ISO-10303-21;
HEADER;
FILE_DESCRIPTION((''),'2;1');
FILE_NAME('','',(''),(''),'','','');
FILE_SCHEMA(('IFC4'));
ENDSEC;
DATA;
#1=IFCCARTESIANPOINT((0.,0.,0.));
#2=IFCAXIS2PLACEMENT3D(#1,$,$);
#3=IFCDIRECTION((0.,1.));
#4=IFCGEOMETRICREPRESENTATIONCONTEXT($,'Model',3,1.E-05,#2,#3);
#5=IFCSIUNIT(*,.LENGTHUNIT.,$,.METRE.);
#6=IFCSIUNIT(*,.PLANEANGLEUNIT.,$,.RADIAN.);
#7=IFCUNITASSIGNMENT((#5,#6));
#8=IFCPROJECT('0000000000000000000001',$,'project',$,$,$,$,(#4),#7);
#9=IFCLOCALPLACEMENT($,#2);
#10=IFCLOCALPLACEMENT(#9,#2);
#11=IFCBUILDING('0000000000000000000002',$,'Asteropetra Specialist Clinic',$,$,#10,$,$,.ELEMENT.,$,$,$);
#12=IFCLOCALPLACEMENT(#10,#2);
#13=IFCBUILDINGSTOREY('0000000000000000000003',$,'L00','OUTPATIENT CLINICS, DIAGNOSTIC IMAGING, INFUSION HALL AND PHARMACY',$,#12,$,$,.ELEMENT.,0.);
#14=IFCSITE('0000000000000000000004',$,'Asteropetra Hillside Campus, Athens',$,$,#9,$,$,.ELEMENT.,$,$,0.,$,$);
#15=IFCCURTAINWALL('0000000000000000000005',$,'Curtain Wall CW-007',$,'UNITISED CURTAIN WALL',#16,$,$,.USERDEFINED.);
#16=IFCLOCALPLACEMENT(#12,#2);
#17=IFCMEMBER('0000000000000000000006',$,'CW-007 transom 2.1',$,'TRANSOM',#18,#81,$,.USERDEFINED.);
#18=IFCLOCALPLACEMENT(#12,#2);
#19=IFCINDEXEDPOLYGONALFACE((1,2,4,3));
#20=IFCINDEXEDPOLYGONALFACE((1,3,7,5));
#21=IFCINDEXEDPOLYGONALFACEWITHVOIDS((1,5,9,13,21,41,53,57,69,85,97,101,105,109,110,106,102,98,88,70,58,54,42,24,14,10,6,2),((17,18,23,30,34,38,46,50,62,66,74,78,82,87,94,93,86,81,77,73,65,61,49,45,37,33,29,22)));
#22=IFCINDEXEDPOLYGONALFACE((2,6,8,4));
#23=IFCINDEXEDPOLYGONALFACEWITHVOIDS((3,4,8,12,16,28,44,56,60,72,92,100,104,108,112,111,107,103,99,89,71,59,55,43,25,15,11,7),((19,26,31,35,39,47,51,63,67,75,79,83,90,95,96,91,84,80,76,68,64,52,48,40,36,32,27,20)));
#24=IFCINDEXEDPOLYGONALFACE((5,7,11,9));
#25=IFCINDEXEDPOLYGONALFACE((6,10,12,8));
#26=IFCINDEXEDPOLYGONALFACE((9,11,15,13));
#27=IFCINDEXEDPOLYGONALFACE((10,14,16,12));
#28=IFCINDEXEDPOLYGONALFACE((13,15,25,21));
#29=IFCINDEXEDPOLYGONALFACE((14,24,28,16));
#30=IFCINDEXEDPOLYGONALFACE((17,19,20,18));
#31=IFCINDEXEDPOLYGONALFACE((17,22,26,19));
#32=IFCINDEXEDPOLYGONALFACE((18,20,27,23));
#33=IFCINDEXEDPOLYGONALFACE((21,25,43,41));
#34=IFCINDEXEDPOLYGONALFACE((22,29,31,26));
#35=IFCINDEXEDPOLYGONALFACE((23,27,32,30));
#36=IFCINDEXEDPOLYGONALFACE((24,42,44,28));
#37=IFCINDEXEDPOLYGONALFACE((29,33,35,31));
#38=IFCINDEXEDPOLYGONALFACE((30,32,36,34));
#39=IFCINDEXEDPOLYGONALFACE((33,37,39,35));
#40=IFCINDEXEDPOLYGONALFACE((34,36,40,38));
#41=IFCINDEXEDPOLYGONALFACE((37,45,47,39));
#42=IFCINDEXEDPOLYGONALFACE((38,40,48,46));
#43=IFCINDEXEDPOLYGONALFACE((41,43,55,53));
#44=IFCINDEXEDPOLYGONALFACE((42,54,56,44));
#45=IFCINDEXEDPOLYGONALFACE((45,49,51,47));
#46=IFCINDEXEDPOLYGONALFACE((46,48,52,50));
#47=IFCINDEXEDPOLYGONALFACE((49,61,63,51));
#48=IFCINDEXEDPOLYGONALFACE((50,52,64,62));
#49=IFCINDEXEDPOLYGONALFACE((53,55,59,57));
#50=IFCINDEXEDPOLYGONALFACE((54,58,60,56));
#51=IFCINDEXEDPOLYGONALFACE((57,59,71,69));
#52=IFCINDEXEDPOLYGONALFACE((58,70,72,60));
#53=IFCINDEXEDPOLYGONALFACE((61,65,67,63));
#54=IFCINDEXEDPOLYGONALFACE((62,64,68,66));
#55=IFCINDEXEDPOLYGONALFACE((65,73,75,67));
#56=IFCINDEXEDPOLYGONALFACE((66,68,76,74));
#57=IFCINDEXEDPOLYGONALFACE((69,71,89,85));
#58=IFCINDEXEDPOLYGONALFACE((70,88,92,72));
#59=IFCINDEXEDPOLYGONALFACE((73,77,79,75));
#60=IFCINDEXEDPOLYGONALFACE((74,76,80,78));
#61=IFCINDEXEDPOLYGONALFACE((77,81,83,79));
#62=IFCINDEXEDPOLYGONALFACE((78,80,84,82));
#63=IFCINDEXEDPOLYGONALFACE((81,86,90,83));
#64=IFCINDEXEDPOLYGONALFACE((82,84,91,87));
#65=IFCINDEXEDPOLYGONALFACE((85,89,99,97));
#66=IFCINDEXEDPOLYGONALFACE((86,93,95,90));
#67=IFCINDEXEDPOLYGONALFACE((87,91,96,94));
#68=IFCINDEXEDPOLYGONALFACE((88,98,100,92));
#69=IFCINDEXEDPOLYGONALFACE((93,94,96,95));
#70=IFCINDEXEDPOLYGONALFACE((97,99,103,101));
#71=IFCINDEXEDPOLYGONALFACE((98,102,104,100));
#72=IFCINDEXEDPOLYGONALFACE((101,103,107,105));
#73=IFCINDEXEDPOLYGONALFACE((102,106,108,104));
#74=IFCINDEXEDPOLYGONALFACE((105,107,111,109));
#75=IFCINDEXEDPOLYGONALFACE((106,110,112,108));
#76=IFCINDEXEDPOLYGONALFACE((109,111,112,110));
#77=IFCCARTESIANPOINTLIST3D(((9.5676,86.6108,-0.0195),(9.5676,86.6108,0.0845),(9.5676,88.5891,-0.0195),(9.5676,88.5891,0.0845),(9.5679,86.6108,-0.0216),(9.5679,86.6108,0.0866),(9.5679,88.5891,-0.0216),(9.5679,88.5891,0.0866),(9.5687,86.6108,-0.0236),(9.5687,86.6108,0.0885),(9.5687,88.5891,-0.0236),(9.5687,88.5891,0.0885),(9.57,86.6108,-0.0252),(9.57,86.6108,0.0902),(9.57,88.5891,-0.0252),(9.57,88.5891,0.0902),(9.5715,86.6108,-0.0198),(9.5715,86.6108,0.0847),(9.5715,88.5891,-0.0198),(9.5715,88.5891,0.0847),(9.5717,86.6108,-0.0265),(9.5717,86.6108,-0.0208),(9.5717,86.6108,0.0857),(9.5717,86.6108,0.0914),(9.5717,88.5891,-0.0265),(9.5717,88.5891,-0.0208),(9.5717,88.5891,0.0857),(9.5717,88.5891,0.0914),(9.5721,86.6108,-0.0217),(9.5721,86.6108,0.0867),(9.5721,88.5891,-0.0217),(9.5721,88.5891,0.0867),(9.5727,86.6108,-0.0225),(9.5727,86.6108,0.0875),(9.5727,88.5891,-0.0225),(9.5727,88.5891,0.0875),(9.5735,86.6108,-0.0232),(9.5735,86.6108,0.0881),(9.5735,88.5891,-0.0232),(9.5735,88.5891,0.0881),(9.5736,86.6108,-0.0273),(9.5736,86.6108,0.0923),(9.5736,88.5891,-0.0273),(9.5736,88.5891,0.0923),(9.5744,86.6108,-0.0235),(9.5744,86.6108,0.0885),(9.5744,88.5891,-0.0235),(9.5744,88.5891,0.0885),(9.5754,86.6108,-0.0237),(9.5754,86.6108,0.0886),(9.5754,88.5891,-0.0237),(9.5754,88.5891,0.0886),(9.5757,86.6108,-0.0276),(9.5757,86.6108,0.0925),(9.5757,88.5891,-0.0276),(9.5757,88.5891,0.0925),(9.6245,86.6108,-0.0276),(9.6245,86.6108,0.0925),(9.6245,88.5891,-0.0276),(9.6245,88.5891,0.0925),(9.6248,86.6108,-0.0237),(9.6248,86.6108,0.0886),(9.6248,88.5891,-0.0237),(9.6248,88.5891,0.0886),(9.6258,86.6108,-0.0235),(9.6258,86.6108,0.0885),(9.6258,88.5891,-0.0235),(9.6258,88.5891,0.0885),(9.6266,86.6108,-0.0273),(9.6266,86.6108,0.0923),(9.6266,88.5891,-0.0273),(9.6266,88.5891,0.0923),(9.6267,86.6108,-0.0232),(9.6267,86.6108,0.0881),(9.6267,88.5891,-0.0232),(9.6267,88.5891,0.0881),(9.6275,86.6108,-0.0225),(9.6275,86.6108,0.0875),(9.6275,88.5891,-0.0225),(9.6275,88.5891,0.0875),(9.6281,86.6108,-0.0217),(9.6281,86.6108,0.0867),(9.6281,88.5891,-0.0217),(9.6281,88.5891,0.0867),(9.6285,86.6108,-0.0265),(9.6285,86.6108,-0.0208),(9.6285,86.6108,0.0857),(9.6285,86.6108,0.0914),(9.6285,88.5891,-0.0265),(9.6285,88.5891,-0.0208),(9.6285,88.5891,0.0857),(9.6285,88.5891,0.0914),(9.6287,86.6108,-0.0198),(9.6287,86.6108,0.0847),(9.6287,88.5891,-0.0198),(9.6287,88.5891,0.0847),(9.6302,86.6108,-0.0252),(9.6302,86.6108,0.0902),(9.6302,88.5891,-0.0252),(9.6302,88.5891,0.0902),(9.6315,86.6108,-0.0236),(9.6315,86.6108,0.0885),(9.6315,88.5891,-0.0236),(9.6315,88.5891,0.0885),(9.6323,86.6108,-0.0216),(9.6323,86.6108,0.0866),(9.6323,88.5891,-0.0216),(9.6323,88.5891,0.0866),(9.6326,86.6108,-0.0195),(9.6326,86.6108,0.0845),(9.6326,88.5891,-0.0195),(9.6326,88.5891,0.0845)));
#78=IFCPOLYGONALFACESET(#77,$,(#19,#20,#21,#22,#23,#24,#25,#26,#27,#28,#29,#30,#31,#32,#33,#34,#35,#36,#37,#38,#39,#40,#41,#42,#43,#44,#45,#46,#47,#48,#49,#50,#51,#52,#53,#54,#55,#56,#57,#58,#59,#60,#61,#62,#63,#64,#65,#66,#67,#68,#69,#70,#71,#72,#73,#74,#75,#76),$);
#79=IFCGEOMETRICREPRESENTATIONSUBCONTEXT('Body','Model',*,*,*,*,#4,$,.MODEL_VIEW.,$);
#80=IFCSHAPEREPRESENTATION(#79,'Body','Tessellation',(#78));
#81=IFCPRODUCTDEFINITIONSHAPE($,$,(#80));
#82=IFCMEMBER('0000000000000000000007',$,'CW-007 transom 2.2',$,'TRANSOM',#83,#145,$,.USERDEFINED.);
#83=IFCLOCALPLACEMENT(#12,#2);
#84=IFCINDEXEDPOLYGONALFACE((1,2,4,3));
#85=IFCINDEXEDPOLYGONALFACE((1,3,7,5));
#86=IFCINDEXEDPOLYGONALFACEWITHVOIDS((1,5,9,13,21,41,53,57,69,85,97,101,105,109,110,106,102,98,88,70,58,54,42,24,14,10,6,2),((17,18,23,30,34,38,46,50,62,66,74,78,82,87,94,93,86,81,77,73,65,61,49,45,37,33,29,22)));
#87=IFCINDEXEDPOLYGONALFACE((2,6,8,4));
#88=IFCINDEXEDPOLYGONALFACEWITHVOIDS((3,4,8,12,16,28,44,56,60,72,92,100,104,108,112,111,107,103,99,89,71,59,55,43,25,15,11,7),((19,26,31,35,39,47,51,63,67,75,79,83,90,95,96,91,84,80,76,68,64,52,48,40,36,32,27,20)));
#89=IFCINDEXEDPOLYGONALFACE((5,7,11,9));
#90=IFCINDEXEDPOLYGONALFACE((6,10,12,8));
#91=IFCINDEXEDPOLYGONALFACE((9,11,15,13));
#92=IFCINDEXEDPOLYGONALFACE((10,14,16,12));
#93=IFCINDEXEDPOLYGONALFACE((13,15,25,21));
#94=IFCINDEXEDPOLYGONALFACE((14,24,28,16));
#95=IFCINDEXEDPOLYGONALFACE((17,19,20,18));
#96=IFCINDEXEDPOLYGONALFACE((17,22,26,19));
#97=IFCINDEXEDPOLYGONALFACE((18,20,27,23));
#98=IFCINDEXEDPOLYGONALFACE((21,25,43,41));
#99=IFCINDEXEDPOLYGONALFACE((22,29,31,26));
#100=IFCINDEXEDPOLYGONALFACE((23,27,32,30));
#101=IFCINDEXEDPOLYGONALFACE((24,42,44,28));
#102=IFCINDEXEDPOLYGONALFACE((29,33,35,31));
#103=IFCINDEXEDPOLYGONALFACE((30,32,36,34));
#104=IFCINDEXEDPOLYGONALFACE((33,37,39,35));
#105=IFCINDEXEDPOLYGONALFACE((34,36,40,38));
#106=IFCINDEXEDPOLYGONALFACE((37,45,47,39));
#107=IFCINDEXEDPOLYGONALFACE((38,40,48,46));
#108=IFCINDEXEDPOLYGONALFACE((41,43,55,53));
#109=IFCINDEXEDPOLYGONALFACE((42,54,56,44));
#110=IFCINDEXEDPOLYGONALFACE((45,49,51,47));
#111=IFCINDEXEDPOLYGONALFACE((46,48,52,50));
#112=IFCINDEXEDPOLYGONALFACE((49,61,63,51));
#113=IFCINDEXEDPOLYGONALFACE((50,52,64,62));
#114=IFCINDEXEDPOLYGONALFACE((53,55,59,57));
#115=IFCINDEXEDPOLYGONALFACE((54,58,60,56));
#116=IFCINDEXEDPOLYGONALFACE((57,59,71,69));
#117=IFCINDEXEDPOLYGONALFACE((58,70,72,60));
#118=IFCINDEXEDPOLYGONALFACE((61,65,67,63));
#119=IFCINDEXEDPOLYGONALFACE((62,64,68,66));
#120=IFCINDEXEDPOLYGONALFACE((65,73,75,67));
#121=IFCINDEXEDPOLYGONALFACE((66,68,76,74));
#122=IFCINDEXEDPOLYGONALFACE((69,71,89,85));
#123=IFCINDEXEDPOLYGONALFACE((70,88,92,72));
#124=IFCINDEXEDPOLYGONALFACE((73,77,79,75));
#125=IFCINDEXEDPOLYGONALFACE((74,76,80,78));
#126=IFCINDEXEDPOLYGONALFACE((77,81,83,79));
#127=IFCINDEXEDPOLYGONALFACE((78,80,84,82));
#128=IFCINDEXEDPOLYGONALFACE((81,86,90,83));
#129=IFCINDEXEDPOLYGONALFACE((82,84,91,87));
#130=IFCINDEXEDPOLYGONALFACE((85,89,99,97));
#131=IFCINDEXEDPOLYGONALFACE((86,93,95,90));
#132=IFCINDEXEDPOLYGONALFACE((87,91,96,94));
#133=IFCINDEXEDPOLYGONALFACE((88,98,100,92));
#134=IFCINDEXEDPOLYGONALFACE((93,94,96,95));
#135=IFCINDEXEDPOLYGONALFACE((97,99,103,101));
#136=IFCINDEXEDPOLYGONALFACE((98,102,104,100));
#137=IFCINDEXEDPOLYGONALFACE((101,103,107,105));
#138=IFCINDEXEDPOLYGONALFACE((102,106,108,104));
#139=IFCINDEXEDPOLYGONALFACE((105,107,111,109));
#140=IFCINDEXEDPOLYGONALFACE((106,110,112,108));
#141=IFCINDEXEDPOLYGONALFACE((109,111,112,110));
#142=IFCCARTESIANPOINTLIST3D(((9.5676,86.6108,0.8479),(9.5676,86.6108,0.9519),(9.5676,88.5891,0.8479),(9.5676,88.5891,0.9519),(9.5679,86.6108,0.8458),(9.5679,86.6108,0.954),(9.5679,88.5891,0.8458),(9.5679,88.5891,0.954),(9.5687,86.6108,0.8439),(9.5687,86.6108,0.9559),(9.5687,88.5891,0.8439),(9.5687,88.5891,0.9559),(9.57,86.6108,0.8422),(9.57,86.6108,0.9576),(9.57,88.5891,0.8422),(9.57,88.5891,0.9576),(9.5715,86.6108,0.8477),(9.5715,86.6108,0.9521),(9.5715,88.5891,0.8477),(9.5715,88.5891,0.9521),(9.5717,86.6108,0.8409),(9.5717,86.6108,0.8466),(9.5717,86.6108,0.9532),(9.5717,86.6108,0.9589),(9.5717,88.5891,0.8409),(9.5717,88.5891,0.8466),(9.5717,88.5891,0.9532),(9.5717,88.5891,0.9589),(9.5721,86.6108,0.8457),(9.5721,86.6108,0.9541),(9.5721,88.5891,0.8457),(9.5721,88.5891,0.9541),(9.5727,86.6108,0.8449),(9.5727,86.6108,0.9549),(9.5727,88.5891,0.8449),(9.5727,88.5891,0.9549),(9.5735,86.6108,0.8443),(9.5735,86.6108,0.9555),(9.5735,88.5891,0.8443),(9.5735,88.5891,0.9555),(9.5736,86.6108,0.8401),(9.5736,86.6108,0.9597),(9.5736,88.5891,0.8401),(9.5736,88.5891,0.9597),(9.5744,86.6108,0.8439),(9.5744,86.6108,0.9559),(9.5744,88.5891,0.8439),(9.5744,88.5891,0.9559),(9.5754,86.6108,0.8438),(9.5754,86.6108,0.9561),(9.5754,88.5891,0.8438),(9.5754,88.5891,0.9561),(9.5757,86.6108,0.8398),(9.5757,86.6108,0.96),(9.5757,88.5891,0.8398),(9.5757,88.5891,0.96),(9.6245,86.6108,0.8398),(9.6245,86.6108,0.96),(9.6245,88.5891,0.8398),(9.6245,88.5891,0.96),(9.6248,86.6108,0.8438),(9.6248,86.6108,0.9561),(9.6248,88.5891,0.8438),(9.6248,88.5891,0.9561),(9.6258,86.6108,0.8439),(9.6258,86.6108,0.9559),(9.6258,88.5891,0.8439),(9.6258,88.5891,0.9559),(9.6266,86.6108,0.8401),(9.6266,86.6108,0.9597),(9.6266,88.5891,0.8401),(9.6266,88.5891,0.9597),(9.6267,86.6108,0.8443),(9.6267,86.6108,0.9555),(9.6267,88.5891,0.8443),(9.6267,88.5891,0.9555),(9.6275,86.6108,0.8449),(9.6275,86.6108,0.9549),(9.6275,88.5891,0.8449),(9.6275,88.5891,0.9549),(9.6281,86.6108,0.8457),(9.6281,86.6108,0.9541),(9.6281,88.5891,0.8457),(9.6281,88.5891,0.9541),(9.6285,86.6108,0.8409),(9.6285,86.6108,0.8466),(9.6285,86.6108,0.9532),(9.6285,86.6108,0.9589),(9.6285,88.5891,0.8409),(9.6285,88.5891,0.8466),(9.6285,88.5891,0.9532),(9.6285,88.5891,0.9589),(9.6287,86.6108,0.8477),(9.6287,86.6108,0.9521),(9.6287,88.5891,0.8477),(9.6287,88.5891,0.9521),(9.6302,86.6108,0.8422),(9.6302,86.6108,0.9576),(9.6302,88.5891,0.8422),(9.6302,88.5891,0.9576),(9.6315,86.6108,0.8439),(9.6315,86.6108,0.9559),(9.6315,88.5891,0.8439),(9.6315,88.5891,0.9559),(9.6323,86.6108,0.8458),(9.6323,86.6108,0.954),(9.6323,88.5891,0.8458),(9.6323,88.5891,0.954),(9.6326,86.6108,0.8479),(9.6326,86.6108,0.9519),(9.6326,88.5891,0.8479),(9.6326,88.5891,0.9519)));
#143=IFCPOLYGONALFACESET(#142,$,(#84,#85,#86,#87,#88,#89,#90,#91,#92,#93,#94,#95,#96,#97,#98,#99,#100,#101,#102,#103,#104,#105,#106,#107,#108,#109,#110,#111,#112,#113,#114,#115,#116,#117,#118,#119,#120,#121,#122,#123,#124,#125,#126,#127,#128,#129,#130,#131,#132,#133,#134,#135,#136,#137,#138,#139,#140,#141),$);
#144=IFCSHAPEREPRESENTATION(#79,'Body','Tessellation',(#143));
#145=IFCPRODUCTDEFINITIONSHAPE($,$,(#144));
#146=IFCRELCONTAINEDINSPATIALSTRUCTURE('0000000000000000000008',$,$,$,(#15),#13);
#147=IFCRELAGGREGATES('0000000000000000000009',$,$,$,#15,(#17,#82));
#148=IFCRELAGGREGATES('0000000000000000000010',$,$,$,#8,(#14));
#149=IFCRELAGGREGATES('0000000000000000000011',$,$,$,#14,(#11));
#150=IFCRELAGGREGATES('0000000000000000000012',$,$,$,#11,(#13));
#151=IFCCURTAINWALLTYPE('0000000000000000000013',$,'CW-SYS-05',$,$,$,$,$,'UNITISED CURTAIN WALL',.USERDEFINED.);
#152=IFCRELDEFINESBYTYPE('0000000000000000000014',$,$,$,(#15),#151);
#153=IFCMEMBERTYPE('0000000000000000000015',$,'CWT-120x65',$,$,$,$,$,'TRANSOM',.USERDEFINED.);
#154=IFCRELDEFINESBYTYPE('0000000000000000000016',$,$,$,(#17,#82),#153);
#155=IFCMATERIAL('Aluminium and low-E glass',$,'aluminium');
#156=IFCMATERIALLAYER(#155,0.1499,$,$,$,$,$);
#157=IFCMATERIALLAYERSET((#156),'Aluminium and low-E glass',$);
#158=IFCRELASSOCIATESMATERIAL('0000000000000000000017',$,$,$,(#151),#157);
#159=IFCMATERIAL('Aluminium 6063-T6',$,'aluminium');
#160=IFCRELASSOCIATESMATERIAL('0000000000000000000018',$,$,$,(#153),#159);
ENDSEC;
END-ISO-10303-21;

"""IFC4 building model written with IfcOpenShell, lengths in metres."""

from ifc_helpers import new_model, si_unit, direction, frame, origin, origin_2d, place, context, subcontext, project, spatial, hollow_rectangle, extrude, material, layer, layer_set, material_profile, profile_set, type_object, element, aggregate, save


model = new_model("IFC4")

# Units and contexts
model_context = context("Model", 3, precision=1e-05, world=origin(), true_north=direction((0.0, 1.0)))
body_context = subcontext(model_context, "Body", "Model", "MODEL_VIEW")
ifc_project = project(units=[si_unit("LENGTHUNIT", "METRE"), si_unit("PLANEANGLEUNIT", "RADIAN")], contexts=[model_context])

# Site, building, storey
site_placement = place(None, origin())
site = spatial("IfcSite", under=ifc_project, at=site_placement, Name="Asteropetra Hillside Campus, Athens", CompositionType="ELEMENT", RefElevation=0.0)
building_placement = place(site_placement, origin())
building = spatial("IfcBuilding", under=site, at=building_placement, Name="Asteropetra Specialist Clinic", CompositionType="ELEMENT")
storey_placement = place(building_placement, origin())
storey = spatial("IfcBuildingStorey", under=building, at=storey_placement, Name="L00", Description="OUTPATIENT CLINICS, DIAGNOSTIC IMAGING, INFUSION HALL AND PHARMACY", CompositionType="ELEMENT", Elevation=0.0)

# Curtain wall, members
ifc_material_1 = material(Name="Aluminium and low-E glass", Category="aluminium")
ifc_layer_1 = layer(ifc_material_1, 0.1499)
ifc_layer_set_1 = layer_set([ifc_layer_1], Name="Aluminium and low-E glass")
curtain_wall_type = type_object("IfcCurtainWallType", Name="CW-SYS-05", ElementType="UNITISED CURTAIN WALL", PredefinedType="USERDEFINED", material=ifc_layer_set_1)
curtain_wall_placement = place(storey_placement, origin())
curtain_wall = element("IfcCurtainWall", 1, at=curtain_wall_placement, inside=storey, type_object=curtain_wall_type, Name="Curtain Wall CW-007", ObjectType="UNITISED CURTAIN WALL", PredefinedType="USERDEFINED")
ifc_material_2 = material(Name="Aluminium 6063-T6", Category="aluminium")
ifc_material_profile_1 = material_profile(ifc_material_2, hollow_rectangle(XDim=0.0649, YDim=0.1201, WallThickness=0.0039, InnerFilletRadius=0.0039, OuterFilletRadius=0.0081, at=origin_2d()), Name="TRN 120x65x4.0")
ifc_profile_set_1 = profile_set([ifc_material_profile_1], Name="Aluminium 6063-T6")
member_type_1 = type_object("IfcMemberType", Name="CWT-120x65", ElementType="TRANSOM", PredefinedType="USERDEFINED", material=ifc_profile_set_1)
member_1_placement = place(storey_placement, frame((9.6001, 88.5891, 0.0325), z_axis=(0.0, -1.0, 0.0), x_axis=(1.0, 0.0, 0.0)))
member_1 = element("IfcMember", 2, at=member_1_placement, type_object=member_type_1, Name="CW-007 transom 2.1", ObjectType="TRANSOM", PredefinedType="USERDEFINED", context=body_context, shape_type="SweptSolid", body=[
    extrude(hollow_rectangle(XDim=0.0649, YDim=0.1201, WallThickness=0.0039, InnerFilletRadius=0.0039, OuterFilletRadius=0.0081, at=origin_2d()), origin(), (0.0, 0.0, 1.0), 1.9783),
])
member_2_placement = place(storey_placement, frame((9.6001, 88.5891, 0.8999), z_axis=(0.0, -1.0, 0.0), x_axis=(1.0, 0.0, 0.0)))
member_2 = element("IfcMember", 3, at=member_2_placement, type_object=member_type_1, Name="CW-007 transom 2.2", ObjectType="TRANSOM", PredefinedType="USERDEFINED", context=body_context, shape_type="SweptSolid", body=[
    extrude(hollow_rectangle(XDim=0.0649, YDim=0.1201, WallThickness=0.0039, InnerFilletRadius=0.0039, OuterFilletRadius=0.0081, at=origin_2d()), origin(), (0.0, 0.0, 1.0), 1.9783),
])
aggregate(curtain_wall, [member_1, member_2])

save(model, "model.ifc")
